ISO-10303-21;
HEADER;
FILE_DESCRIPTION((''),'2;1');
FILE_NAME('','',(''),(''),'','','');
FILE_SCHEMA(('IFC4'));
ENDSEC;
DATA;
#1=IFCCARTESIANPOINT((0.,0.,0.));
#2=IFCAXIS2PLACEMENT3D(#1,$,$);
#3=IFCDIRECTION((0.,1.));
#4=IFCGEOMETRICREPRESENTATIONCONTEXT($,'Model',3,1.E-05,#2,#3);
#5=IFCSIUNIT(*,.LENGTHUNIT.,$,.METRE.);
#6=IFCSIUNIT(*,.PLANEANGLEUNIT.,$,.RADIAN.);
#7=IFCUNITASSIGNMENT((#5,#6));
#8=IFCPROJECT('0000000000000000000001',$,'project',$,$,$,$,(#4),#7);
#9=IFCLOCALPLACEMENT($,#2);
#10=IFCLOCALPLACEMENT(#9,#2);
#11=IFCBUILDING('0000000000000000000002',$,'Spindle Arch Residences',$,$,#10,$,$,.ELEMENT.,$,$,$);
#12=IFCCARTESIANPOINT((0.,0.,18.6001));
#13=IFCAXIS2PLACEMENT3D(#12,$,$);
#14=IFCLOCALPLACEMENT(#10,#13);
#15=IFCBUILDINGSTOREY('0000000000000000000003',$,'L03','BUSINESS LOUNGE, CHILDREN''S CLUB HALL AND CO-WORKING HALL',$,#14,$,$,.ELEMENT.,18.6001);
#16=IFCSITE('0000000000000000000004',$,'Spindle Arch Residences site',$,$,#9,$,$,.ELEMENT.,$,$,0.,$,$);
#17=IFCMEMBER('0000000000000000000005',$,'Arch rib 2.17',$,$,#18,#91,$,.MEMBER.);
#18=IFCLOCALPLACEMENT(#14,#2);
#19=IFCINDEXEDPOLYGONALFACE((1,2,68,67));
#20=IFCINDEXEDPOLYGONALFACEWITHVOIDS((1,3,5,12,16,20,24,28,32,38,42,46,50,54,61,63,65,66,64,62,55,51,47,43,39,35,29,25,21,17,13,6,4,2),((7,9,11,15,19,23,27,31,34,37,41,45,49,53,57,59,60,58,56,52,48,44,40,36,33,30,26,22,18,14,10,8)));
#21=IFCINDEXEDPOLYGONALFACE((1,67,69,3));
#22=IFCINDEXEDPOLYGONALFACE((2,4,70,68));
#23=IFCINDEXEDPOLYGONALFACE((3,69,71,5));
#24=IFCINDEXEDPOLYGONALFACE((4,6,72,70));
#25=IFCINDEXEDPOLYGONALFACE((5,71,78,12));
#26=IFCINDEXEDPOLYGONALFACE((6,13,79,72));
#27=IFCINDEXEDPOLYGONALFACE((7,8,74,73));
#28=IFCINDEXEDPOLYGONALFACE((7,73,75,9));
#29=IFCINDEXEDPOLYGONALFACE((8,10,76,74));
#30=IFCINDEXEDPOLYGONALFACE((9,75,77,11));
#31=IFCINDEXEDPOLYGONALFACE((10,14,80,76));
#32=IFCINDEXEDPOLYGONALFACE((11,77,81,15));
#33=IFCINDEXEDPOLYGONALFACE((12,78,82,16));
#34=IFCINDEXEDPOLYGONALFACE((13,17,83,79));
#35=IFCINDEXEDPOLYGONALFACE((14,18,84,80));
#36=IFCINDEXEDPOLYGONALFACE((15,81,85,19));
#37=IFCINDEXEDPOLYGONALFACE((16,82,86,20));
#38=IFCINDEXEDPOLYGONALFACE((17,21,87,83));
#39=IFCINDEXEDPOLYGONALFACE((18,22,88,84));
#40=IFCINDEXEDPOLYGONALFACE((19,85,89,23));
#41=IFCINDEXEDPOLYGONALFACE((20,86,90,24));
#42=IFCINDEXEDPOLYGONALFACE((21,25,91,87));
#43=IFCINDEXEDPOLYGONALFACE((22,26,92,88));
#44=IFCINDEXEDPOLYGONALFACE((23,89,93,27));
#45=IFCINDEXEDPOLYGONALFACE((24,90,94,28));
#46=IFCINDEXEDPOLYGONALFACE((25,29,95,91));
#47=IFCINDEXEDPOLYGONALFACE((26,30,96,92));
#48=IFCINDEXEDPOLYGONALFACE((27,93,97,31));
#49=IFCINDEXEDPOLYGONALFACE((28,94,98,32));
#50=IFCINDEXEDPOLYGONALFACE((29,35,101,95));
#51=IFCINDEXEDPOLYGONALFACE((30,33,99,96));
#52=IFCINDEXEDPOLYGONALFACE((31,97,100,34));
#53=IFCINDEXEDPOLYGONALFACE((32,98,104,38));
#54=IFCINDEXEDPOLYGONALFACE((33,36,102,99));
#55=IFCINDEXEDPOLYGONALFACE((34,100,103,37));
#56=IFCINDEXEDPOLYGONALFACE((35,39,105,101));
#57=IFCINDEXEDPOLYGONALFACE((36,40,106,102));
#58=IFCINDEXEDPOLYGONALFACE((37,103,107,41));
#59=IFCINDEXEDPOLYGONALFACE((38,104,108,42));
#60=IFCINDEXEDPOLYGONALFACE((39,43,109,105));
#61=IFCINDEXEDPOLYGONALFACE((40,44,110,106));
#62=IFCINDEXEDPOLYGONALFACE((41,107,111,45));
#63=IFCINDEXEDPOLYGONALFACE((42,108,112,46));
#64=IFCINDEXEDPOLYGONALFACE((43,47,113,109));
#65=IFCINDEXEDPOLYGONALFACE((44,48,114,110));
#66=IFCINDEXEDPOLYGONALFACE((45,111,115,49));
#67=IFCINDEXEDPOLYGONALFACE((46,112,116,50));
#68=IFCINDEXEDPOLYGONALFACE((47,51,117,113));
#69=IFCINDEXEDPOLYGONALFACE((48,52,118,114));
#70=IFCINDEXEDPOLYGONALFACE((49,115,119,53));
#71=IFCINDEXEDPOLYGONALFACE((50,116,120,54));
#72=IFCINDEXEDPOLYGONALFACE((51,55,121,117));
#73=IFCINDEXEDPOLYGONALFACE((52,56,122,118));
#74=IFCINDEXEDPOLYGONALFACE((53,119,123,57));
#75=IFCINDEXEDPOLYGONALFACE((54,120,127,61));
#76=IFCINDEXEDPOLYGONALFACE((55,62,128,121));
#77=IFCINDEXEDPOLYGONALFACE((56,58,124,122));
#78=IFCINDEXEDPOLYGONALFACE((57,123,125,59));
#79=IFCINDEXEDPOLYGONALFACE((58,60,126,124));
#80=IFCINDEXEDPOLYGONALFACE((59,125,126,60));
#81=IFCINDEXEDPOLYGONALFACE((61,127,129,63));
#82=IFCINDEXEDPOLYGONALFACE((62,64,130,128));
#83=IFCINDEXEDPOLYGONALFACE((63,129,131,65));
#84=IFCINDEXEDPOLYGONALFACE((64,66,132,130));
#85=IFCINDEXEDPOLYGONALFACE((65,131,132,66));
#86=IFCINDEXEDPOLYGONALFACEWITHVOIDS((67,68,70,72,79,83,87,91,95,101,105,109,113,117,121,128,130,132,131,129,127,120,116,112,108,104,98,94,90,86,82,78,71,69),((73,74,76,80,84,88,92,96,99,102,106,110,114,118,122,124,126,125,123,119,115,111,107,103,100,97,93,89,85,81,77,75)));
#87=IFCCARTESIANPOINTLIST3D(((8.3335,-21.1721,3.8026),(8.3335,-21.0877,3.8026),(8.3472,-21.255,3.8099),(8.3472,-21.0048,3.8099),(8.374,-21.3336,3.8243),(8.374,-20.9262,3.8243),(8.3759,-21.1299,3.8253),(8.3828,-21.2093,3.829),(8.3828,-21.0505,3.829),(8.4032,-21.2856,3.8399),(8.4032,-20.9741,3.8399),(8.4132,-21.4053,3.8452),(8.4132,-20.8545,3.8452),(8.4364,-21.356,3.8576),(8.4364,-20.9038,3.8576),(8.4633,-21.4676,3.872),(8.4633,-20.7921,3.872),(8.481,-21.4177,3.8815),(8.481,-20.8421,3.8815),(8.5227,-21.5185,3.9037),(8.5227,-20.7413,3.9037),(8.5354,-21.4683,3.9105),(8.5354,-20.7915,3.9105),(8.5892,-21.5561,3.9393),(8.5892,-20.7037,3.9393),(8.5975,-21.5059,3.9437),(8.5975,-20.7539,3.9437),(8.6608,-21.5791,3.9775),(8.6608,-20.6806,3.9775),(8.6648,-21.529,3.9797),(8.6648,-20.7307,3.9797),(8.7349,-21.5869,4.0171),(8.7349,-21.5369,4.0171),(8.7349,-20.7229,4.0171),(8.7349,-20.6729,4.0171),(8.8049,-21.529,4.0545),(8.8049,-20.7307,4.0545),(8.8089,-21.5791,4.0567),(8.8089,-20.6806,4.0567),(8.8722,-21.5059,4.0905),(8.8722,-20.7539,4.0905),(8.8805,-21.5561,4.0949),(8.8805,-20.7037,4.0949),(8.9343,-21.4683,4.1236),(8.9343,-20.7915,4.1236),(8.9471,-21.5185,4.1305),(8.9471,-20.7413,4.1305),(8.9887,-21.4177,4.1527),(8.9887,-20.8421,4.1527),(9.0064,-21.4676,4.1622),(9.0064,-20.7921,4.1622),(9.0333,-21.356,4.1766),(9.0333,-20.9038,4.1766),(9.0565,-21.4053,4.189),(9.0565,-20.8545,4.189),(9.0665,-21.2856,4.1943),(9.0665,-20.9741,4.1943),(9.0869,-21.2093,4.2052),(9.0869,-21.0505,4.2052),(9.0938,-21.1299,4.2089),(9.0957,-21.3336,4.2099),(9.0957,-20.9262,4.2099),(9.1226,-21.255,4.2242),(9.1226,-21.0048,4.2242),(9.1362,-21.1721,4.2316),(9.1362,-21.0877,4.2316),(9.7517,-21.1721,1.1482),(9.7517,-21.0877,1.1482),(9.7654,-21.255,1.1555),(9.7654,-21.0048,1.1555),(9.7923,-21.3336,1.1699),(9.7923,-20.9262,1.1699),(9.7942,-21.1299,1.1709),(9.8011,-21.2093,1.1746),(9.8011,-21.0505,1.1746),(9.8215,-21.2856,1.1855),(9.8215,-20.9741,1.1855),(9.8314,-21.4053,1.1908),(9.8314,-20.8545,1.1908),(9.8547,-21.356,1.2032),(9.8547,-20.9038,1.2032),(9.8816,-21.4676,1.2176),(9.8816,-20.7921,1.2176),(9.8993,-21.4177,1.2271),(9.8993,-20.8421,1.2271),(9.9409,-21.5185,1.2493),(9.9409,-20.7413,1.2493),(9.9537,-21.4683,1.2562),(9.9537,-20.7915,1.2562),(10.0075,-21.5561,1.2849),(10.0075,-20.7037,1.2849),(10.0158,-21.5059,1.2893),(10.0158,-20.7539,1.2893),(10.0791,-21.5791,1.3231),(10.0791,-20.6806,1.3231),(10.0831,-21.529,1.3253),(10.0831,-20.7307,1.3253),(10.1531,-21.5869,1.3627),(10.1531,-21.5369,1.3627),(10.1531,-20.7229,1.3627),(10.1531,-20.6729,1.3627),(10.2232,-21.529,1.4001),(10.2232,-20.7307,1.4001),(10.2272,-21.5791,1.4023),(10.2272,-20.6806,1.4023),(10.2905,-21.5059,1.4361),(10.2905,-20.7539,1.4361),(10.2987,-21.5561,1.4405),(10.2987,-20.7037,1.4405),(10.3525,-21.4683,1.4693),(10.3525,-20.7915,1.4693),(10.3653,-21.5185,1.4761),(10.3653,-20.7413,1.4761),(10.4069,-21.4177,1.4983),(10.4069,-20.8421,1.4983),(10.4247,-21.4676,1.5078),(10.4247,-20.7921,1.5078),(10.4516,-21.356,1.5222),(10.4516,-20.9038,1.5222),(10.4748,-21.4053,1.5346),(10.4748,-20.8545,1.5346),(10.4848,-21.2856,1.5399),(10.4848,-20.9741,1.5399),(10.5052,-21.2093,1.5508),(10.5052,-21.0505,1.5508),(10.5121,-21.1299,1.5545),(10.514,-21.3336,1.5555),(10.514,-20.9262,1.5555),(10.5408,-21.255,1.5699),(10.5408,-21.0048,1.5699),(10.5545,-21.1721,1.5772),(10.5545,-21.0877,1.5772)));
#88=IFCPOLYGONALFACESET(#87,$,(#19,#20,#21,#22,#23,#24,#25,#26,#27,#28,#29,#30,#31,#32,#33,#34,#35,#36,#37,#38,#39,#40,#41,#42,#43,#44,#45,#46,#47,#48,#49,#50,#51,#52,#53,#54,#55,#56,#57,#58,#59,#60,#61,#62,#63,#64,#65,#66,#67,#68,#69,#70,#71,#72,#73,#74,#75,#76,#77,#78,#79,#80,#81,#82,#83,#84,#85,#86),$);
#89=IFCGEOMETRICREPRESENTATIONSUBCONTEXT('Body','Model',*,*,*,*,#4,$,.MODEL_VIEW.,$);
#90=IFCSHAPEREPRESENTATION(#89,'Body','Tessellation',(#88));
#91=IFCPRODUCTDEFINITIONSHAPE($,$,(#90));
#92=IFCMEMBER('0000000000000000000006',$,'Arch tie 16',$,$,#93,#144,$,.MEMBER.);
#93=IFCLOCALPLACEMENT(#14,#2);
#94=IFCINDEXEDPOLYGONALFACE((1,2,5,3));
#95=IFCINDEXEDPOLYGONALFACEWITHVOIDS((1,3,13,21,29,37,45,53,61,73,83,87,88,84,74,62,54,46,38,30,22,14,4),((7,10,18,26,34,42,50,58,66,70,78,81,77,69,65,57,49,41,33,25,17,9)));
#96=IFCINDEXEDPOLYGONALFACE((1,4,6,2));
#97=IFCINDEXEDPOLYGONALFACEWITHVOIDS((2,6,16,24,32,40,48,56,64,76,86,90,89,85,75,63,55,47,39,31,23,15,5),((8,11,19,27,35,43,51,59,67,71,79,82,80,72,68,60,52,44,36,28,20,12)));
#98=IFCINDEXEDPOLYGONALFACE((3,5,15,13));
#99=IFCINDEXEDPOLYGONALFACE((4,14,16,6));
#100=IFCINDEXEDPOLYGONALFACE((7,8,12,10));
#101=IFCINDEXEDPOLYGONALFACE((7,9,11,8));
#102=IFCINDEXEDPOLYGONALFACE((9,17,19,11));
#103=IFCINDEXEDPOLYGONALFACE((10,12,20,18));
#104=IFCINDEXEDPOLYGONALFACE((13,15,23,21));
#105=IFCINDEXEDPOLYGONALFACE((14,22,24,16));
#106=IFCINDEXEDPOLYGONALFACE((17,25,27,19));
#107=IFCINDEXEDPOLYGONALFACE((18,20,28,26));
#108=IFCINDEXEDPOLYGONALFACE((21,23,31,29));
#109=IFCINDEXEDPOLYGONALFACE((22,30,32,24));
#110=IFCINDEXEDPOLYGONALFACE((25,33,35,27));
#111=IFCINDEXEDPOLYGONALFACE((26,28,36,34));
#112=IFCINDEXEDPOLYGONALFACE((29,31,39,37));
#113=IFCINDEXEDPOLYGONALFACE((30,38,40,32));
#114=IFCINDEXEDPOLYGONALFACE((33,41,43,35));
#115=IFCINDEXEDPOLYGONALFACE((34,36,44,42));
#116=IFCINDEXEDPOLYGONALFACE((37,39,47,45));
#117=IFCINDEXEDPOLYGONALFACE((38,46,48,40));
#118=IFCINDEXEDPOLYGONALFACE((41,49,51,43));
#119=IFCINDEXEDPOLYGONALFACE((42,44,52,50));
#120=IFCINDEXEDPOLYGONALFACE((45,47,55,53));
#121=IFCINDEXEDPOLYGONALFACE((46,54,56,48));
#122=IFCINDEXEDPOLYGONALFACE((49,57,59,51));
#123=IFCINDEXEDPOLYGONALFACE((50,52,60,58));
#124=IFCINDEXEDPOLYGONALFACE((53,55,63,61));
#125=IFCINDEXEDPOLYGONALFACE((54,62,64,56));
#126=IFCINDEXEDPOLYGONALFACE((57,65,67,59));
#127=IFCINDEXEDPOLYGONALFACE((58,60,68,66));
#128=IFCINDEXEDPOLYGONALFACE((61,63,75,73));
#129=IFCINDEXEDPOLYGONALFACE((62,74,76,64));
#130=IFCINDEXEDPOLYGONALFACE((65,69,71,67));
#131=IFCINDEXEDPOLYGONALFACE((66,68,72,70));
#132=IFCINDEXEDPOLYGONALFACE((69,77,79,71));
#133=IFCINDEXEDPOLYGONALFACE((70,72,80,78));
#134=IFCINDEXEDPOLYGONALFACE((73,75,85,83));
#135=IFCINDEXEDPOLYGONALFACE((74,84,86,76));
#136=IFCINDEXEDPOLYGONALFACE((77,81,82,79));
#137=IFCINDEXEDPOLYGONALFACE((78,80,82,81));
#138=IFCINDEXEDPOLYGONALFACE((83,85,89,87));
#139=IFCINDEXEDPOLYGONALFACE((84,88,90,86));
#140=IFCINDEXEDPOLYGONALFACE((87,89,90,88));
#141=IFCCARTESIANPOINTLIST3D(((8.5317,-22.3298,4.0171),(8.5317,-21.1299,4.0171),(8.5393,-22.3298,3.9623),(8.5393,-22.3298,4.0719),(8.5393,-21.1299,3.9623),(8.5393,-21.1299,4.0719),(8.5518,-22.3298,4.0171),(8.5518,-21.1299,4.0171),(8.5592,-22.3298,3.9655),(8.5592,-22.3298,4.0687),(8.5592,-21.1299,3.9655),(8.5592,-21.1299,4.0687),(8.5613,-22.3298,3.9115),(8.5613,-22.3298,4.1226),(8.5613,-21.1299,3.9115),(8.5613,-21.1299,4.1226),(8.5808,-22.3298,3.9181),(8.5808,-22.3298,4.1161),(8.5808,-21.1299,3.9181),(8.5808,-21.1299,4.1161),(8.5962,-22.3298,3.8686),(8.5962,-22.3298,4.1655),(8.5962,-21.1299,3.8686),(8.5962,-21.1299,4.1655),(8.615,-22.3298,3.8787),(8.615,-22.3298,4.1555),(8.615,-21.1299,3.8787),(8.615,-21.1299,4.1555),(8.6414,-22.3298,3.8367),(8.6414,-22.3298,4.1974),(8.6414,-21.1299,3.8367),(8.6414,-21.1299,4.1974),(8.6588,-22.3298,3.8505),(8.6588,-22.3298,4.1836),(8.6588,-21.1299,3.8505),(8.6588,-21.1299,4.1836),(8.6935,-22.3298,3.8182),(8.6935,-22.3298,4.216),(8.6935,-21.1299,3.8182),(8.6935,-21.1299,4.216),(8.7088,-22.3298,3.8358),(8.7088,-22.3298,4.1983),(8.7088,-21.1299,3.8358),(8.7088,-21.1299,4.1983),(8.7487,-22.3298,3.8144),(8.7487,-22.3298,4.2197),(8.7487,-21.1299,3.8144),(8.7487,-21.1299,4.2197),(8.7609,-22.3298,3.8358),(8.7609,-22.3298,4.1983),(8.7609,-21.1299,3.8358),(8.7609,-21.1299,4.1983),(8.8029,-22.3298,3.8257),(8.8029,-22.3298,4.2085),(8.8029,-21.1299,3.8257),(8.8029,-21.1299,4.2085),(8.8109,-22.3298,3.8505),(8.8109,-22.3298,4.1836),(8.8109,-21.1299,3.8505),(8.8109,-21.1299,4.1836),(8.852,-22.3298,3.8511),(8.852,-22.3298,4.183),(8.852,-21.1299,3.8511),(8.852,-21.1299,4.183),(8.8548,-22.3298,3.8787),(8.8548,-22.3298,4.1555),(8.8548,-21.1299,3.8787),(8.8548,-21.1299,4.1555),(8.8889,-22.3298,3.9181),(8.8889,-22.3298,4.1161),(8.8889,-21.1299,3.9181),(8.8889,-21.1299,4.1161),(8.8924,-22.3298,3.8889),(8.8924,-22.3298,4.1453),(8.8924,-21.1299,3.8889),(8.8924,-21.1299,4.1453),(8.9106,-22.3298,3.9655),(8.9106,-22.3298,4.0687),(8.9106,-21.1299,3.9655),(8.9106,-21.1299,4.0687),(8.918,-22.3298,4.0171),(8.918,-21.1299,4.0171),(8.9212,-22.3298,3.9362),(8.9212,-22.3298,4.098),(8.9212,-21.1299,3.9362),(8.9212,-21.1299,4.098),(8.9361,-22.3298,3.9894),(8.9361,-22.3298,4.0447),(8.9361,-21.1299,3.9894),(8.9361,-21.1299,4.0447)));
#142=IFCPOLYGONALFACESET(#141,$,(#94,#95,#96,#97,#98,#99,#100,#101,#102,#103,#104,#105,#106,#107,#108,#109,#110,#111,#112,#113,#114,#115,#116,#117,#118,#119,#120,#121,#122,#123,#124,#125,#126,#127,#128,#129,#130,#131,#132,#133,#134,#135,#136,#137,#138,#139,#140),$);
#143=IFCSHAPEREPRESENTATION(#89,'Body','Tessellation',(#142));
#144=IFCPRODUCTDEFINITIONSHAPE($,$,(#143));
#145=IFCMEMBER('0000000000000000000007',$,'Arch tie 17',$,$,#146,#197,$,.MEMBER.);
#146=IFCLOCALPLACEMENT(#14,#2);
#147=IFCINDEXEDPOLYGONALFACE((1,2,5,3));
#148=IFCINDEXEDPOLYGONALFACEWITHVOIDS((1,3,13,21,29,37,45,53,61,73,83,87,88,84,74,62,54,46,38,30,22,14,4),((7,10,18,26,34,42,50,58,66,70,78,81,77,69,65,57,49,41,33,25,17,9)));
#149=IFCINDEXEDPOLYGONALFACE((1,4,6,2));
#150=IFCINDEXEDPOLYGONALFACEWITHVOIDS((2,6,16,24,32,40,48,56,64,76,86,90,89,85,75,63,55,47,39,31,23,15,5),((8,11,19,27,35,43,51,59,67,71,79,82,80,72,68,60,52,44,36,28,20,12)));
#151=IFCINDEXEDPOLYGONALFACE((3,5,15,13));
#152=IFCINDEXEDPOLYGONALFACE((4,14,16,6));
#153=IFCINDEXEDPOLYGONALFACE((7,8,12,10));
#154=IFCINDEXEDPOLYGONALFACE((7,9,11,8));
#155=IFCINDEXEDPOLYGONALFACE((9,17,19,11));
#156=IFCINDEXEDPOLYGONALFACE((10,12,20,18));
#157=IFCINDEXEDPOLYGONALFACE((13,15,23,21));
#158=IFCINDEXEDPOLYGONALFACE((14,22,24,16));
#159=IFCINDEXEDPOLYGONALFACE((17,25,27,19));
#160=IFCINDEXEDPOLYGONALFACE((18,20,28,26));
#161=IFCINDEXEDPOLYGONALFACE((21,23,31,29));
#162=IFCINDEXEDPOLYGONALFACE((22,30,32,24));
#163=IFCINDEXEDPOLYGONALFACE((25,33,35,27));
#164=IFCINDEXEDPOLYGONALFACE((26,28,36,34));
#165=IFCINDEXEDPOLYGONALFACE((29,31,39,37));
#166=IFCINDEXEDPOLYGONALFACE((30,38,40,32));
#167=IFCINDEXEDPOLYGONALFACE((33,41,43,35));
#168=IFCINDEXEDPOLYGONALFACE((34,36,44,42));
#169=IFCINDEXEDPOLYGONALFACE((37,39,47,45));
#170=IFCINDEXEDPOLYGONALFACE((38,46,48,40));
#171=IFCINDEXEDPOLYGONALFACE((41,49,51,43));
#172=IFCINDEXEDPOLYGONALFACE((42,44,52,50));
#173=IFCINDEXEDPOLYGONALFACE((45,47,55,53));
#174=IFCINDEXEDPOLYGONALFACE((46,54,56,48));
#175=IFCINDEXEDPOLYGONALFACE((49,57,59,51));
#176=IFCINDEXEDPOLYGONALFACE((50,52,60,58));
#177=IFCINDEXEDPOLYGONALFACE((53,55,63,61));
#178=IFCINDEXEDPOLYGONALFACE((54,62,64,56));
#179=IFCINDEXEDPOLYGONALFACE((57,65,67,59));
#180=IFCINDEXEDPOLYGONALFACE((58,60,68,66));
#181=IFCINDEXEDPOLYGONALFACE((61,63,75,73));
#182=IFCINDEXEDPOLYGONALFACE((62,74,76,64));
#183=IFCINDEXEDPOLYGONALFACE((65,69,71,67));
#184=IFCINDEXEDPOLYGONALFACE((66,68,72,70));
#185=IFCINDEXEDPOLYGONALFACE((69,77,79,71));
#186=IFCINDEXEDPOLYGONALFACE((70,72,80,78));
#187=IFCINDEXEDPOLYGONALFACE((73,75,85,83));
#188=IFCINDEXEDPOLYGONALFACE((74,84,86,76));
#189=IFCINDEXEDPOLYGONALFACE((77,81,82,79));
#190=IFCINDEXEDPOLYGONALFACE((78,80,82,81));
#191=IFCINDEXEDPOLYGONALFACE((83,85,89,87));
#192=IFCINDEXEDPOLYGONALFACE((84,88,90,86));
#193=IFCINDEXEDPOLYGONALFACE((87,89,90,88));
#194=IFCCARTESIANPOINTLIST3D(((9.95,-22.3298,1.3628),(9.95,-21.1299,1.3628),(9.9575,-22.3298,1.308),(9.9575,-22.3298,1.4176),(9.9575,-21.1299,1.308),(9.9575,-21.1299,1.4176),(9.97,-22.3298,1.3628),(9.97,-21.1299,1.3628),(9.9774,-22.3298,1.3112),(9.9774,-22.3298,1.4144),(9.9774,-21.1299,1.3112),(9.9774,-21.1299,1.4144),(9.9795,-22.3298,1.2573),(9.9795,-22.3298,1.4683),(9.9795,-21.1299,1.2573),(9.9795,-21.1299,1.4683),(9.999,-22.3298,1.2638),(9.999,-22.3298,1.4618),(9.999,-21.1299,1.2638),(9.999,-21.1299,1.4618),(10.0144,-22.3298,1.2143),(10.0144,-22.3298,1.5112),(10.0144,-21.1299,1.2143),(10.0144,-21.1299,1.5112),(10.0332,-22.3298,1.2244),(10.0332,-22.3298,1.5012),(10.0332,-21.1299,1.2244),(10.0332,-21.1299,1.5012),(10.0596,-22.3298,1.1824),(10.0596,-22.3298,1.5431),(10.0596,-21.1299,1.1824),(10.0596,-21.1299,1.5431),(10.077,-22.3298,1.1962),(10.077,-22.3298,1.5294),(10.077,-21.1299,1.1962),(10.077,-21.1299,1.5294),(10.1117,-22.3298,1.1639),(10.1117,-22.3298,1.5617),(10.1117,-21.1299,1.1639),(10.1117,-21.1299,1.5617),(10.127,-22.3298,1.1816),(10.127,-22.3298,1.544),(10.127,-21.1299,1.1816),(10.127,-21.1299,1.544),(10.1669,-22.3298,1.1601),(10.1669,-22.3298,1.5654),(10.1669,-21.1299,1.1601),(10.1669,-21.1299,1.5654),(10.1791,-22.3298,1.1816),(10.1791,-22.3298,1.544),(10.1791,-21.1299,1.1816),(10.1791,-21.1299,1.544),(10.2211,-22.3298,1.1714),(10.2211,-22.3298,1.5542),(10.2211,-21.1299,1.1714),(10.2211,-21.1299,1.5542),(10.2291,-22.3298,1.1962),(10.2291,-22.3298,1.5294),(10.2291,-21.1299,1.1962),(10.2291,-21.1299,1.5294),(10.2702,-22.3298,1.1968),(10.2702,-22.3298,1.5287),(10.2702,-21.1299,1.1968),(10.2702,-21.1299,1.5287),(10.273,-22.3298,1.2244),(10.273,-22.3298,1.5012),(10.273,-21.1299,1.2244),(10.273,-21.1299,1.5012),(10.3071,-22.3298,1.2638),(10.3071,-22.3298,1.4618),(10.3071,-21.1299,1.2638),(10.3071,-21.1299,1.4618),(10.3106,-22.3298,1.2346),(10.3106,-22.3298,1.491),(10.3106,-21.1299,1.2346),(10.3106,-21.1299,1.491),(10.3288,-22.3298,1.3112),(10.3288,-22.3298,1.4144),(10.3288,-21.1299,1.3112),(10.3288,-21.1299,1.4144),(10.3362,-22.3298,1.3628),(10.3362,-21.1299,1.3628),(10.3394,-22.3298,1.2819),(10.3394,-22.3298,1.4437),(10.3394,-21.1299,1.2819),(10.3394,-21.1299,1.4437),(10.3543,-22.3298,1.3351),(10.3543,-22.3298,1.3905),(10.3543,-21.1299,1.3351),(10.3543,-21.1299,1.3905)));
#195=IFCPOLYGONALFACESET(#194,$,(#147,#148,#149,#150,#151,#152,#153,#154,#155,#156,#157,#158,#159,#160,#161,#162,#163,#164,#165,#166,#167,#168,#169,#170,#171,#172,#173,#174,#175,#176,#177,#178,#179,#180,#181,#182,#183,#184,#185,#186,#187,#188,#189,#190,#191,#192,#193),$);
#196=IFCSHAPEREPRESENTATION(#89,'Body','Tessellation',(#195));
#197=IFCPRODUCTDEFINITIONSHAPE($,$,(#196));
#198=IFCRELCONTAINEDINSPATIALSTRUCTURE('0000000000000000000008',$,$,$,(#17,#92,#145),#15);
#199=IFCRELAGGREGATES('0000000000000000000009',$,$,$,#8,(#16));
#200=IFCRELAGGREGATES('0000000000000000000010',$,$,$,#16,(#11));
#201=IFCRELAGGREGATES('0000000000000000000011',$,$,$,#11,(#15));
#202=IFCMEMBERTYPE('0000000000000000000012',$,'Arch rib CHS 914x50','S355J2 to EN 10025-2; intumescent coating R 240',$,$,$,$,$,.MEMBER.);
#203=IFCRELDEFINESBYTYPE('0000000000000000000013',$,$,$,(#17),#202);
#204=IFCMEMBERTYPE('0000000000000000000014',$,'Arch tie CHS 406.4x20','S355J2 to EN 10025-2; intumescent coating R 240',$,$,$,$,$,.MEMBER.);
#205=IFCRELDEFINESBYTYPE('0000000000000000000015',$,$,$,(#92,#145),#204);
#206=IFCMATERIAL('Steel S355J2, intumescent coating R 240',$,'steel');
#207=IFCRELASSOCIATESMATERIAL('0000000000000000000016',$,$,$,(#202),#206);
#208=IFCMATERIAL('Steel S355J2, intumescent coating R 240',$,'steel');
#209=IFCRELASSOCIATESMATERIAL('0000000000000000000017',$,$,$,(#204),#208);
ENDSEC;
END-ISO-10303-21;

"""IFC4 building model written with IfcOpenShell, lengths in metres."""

from ifc_helpers import new_model, si_unit, direction, frame, origin, origin_2d, place, context, subcontext, project, spatial, hollow_circle, extrude, material, material_profile, profile_set, type_object, element, save


model = new_model("IFC4")

# Units and contexts
model_context = context("Model", 3, precision=1e-05, world=origin(), true_north=direction((0.0, 1.0)))
body_context = subcontext(model_context, "Body", "Model", "MODEL_VIEW")
ifc_project = project(units=[si_unit("LENGTHUNIT", "METRE"), si_unit("PLANEANGLEUNIT", "RADIAN")], contexts=[model_context])

# Site, building, storey
site_placement = place(None, origin())
site = spatial("IfcSite", under=ifc_project, at=site_placement, Name="Spindle Arch Residences site", CompositionType="ELEMENT", RefElevation=0.0)
building_placement = place(site_placement, origin())
building = spatial("IfcBuilding", under=site, at=building_placement, Name="Spindle Arch Residences", CompositionType="ELEMENT")
storey_placement = place(building_placement, frame((0.0, 0.0, 18.6001)))
storey = spatial("IfcBuildingStorey", under=building, at=storey_placement, Name="L03", Description="BUSINESS LOUNGE, CHILDREN'S CLUB HALL AND CO-WORKING HALL", CompositionType="ELEMENT", Elevation=18.6001)

# Members
ifc_material_1 = material(Name="Steel S355J2, intumescent coating R 240", Category="steel")
ifc_material_profile_1 = material_profile(ifc_material_1, hollow_circle(Radius=0.457, WallThickness=0.05, at=origin_2d()), Name="CHS 914x50")
ifc_profile_set_1 = profile_set([ifc_material_profile_1], Name="Steel S355J2, intumescent coating R 240")
member_type_1 = type_object("IfcMemberType", Name="Arch rib CHS 914x50", Description="S355J2 to EN 10025-2; intumescent coating R 240", PredefinedType="MEMBER", material=ifc_profile_set_1)
member_1_placement = place(storey_placement, frame((8.7349, -21.1299, 4.0171), z_axis=(0.471258, 0.0, -0.881996), x_axis=(0.0, 1.0, 0.0)))
element("IfcMember", 1, at=member_1_placement, inside=storey, type_object=member_type_1, Name="Arch rib 2.17", PredefinedType="MEMBER", context=body_context, shape_type="SweptSolid", body=[
    extrude(hollow_circle(Radius=0.457, WallThickness=0.05, at=origin_2d()), origin(), (0.0, 0.0, 1.0), 3.0095),
])
ifc_material_2 = material(Name="Steel S355J2, intumescent coating R 240", Category="steel")
ifc_material_profile_2 = material_profile(ifc_material_2, hollow_circle(Radius=0.2031, WallThickness=0.02, at=origin_2d()), Name="CHS 406.4x20")
ifc_profile_set_2 = profile_set([ifc_material_profile_2], Name="Steel S355J2, intumescent coating R 240")
member_type_2 = type_object("IfcMemberType", Name="Arch tie CHS 406.4x20", Description="S355J2 to EN 10025-2; intumescent coating R 240", PredefinedType="MEMBER", material=ifc_profile_set_2)
for number, where, z_axis, x_axis, name in (
    (2, (8.7349, -22.3298, 4.0171), (0.0, 1.0, 0.0), (-1.0, 0.0, 0.0), "Arch tie 16"),
    (3, (10.1531, -22.3298, 1.3628), (0.0, 1.0, 0.0), (-1.0, 0.0, 0.0), "Arch tie 17"),
):
    element("IfcMember", number, at=place(storey_placement, frame(where, z_axis=z_axis, x_axis=x_axis)), inside=storey, type_object=member_type_2, Name=name, PredefinedType="MEMBER", context=body_context, shape_type="SweptSolid", body=[
        extrude(hollow_circle(Radius=0.2031, WallThickness=0.02, at=origin_2d()), origin(), (0.0, 0.0, 1.0), 1.2),
    ])

save(model, "model.ifc")
